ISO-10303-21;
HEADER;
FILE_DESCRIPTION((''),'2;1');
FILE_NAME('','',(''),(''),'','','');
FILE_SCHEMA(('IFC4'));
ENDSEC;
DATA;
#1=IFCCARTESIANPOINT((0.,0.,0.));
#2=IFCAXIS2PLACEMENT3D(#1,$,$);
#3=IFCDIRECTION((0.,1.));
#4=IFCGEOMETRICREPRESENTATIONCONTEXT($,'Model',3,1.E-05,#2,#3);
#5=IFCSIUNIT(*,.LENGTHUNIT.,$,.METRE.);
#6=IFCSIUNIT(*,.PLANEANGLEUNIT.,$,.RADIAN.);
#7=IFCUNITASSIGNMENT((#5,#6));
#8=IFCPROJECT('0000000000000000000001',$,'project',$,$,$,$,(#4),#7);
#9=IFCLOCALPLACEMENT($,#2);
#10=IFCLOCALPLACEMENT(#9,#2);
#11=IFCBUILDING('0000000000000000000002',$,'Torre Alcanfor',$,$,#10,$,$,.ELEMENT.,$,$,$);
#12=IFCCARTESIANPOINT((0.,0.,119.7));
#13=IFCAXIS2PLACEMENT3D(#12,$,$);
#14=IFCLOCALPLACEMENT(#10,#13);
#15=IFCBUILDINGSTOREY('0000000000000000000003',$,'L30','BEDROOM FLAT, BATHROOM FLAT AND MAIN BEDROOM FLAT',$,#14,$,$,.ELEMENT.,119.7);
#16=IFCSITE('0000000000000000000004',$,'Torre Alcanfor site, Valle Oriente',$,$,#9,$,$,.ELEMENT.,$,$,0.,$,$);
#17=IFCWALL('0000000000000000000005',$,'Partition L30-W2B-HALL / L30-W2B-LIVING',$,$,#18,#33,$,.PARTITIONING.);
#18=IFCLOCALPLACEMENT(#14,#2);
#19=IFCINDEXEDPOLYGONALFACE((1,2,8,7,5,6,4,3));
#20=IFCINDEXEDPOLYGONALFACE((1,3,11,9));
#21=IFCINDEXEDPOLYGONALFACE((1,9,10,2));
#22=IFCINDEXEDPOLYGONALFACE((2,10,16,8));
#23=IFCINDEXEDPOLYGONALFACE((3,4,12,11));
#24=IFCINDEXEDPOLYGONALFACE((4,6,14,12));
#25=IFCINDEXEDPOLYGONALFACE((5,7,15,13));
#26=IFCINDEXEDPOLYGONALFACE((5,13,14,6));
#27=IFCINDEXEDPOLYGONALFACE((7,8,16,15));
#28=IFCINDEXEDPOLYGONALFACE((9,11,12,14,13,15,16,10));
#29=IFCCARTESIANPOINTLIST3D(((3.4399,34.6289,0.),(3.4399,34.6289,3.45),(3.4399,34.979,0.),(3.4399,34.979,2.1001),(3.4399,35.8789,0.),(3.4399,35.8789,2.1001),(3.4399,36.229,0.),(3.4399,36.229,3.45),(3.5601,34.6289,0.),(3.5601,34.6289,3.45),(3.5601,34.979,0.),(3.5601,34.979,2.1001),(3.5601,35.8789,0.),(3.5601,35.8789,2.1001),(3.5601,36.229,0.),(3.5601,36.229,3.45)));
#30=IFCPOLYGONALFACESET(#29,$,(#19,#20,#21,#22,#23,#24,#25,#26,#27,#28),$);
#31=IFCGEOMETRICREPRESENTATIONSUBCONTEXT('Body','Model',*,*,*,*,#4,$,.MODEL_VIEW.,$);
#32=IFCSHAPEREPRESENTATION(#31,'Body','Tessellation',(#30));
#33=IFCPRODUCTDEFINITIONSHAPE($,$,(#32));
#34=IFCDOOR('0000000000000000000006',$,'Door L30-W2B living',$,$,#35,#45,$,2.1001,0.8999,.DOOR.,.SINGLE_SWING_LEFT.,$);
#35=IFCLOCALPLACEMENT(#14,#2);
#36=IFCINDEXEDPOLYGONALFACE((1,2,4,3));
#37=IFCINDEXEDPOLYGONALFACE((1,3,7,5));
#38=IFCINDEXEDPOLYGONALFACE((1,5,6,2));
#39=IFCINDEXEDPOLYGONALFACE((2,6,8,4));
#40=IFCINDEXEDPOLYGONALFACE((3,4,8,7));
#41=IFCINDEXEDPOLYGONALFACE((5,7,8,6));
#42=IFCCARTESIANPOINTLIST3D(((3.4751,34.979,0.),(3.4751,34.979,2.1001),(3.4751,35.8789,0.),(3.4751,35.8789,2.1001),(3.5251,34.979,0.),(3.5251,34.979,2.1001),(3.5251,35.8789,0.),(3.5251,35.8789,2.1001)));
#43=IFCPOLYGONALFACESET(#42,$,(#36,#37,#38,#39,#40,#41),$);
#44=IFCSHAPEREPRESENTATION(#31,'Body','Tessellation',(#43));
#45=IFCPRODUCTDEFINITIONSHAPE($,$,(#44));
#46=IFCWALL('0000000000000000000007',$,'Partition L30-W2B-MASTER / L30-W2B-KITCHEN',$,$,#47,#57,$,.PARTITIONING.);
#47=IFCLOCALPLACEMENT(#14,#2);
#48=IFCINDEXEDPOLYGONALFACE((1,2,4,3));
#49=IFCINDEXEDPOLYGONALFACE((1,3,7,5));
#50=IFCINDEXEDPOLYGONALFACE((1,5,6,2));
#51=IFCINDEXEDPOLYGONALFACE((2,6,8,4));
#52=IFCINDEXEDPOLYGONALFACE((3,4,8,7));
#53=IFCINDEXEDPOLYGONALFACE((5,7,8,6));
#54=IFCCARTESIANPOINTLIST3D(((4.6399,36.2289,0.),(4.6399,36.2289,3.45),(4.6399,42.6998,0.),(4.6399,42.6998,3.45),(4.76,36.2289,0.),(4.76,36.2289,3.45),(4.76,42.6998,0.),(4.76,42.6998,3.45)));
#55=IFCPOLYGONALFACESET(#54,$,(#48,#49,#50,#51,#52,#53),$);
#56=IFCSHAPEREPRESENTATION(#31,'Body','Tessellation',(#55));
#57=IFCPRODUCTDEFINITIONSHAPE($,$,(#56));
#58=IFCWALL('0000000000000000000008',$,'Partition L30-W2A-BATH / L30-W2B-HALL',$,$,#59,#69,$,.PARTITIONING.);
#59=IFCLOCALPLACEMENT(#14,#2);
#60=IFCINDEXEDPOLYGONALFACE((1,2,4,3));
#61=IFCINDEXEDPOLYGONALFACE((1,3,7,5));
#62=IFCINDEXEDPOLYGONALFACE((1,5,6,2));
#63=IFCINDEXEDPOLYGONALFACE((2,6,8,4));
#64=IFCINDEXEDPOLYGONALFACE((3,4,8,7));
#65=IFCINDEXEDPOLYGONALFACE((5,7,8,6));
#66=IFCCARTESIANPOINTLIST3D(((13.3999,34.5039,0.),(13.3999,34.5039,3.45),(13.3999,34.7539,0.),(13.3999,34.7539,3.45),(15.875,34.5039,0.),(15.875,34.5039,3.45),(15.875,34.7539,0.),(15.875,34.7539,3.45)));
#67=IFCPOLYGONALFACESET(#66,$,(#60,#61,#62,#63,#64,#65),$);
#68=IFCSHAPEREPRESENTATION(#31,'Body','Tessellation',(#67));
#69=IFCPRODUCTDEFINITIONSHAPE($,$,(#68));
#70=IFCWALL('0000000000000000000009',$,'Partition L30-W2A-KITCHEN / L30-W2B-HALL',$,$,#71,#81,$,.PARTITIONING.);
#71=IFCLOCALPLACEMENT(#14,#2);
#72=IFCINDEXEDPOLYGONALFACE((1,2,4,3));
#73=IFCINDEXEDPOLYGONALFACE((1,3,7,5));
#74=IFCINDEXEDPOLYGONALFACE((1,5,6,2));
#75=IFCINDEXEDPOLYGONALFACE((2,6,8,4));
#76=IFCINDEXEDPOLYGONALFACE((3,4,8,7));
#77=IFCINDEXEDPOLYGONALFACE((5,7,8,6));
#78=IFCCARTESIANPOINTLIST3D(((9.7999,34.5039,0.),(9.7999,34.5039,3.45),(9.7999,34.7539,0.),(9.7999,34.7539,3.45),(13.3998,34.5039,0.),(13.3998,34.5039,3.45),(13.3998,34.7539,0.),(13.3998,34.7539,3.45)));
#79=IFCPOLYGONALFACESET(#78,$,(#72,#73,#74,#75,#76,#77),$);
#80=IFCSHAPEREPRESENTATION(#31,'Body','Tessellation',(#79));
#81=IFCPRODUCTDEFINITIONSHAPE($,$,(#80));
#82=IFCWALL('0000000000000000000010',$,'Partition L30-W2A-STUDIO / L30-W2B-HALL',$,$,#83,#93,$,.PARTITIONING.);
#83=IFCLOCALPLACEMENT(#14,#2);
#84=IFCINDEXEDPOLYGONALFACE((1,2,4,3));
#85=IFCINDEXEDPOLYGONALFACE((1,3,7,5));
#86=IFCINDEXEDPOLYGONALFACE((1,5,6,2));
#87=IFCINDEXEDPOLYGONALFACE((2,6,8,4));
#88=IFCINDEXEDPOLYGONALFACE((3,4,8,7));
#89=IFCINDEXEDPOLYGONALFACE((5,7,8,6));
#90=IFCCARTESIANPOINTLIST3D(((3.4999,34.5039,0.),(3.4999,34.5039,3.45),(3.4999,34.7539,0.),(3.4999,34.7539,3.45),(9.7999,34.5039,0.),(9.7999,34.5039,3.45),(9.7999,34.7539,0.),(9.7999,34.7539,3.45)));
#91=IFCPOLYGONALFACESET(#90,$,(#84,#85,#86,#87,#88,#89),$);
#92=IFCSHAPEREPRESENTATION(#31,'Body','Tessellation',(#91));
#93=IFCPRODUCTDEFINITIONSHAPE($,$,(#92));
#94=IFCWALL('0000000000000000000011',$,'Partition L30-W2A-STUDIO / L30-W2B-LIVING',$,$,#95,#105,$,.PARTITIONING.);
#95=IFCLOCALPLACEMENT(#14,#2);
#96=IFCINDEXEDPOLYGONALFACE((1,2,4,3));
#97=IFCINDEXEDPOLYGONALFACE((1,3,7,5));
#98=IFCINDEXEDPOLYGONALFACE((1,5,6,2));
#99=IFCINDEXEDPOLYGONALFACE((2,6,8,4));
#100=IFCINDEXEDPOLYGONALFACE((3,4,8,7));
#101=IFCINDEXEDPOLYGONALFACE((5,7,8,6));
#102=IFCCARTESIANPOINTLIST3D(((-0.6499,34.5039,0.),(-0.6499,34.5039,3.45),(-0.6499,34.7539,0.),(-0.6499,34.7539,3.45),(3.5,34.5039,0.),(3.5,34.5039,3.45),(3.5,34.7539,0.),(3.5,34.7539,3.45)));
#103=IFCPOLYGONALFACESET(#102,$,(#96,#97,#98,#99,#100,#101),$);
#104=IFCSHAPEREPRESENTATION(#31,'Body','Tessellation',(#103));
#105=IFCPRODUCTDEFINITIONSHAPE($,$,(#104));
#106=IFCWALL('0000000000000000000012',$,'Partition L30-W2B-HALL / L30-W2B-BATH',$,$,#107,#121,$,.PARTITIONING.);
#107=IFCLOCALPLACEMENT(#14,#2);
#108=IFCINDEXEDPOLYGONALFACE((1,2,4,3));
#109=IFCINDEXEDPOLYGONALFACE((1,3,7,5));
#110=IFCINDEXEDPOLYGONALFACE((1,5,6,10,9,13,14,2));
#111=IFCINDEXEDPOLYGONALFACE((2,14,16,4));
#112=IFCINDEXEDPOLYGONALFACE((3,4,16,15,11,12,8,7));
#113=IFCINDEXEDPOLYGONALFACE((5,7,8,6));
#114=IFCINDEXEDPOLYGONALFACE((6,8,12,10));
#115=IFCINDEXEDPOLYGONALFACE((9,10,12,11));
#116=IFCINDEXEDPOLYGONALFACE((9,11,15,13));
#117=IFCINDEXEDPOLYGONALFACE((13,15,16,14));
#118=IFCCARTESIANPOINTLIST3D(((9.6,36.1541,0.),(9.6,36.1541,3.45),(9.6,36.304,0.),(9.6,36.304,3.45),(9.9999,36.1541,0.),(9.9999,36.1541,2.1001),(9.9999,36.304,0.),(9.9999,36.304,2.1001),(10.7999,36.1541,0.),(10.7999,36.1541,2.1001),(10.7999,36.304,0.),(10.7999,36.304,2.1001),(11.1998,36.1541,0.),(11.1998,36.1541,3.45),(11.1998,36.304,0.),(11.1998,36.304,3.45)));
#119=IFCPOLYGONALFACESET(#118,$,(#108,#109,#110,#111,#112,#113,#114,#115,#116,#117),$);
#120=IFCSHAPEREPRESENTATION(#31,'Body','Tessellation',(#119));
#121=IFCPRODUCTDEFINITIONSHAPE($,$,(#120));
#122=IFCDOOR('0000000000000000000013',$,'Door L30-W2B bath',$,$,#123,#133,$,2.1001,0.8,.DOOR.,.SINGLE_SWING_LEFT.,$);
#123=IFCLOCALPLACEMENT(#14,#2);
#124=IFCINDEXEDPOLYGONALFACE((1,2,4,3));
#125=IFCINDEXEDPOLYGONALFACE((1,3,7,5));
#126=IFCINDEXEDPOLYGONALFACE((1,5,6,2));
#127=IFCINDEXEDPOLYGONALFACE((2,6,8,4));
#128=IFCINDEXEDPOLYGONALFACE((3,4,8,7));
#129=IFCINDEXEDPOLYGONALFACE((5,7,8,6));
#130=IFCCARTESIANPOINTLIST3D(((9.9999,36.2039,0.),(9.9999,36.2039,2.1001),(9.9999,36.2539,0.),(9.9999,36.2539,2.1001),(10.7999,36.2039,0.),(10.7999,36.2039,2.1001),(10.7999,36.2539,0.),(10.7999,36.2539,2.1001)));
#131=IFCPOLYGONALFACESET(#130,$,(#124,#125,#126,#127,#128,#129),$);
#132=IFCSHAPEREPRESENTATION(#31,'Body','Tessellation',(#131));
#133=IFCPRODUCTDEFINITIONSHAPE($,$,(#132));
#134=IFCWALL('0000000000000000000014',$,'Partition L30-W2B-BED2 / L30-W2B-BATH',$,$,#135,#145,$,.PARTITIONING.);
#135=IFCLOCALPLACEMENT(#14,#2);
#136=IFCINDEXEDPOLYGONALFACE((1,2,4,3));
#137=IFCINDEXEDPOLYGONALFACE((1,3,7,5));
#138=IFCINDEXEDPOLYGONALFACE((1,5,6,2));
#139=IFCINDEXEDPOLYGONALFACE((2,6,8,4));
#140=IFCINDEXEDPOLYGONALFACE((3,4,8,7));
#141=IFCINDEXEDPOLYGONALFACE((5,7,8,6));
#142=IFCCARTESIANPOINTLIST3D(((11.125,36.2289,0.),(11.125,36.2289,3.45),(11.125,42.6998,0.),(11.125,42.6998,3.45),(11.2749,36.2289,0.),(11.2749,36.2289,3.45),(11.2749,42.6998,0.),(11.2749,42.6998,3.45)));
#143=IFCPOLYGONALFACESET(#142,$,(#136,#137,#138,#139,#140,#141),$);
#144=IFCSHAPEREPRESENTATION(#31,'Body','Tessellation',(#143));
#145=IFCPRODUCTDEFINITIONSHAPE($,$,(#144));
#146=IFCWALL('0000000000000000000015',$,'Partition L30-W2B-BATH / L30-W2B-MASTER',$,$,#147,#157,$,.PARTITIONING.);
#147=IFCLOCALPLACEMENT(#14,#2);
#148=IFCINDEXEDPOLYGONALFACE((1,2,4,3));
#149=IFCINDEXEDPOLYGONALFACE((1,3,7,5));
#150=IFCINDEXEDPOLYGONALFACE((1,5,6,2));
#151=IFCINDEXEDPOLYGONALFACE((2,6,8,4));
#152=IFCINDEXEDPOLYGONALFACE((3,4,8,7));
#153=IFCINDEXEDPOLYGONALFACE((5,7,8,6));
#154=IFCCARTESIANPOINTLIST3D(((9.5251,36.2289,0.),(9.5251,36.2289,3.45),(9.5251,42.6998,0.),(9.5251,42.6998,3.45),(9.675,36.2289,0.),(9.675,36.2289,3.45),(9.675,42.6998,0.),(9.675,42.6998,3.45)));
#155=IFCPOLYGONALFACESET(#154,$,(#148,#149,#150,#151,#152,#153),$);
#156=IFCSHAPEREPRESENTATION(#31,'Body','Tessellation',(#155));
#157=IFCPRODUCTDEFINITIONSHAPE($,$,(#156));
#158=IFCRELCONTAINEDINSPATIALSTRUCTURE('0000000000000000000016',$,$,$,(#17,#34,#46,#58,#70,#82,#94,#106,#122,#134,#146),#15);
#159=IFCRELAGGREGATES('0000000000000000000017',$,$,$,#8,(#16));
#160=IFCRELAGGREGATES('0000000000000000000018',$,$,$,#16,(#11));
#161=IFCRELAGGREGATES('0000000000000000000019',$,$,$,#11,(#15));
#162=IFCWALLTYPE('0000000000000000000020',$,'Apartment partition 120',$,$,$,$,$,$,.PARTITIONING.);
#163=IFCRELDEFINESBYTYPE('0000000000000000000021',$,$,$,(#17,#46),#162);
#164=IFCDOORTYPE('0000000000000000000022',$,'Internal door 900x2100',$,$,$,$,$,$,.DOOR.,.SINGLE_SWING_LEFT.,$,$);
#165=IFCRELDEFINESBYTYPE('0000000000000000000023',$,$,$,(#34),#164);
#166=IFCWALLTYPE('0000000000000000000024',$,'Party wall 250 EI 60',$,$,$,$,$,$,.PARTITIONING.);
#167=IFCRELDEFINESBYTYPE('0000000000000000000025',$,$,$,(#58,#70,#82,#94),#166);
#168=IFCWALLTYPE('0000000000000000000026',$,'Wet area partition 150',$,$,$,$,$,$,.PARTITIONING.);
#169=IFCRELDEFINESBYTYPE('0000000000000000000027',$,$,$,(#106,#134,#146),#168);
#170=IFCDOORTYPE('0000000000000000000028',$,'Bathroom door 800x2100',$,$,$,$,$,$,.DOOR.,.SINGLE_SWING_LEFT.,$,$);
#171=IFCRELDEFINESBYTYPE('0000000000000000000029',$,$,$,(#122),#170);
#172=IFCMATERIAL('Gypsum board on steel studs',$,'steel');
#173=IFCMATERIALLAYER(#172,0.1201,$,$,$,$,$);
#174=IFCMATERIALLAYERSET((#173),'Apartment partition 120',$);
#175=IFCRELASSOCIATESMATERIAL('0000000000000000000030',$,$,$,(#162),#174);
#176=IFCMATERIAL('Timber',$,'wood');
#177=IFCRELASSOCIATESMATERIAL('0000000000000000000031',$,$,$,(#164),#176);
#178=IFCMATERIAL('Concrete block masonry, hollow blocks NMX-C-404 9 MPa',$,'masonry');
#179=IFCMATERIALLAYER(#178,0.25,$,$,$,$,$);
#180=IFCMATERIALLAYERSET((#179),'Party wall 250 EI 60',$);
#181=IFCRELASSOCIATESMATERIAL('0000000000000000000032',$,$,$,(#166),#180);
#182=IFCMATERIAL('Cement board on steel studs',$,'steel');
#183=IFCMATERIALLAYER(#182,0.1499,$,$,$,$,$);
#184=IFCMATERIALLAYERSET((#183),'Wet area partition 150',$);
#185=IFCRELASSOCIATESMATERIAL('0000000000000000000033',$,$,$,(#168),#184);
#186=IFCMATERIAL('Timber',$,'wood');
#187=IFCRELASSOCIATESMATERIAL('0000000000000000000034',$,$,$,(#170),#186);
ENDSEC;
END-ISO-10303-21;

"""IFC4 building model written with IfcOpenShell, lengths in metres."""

from ifc_helpers import new_model, si_unit, direction, frame, frame_2d, origin, place, context, subcontext, project, spatial, rectangle, extrude, material, layer, layer_set, type_object, element, fill, save


model = new_model("IFC4")

# Units and contexts
model_context = context("Model", 3, precision=1e-05, world=origin(), true_north=direction((0.0, 1.0)))
body_context = subcontext(model_context, "Body", "Model", "MODEL_VIEW")
ifc_project = project(units=[si_unit("LENGTHUNIT", "METRE"), si_unit("PLANEANGLEUNIT", "RADIAN")], contexts=[model_context])

# Site, building, storey
site_placement = place(None, origin())
site = spatial("IfcSite", under=ifc_project, at=site_placement, Name="Torre Alcanfor site, Valle Oriente", CompositionType="ELEMENT", RefElevation=0.0)
building_placement = place(site_placement, origin())
building = spatial("IfcBuilding", under=site, at=building_placement, Name="Torre Alcanfor", CompositionType="ELEMENT")
storey_placement = place(building_placement, frame((0.0, 0.0, 119.7)))
storey = spatial("IfcBuildingStorey", under=building, at=storey_placement, Name="L30", Description="BEDROOM FLAT, BATHROOM FLAT AND MAIN BEDROOM FLAT", CompositionType="ELEMENT", Elevation=119.7)

# Shared definitions
ifc_material_1 = material(Name="Gypsum board on steel studs", Category="steel")
ifc_layer_1 = layer(ifc_material_1, 0.1201)
ifc_layer_set_1 = layer_set([ifc_layer_1], Name="Apartment partition 120")
wall_type_1 = type_object("IfcWallType", Name="Apartment partition 120", PredefinedType="PARTITIONING", material=ifc_layer_set_1)
ifc_material_2 = material(Name="Timber", Category="wood")
door_type_1 = type_object("IfcDoorType", Name="Internal door 900x2100", OperationType="SINGLE_SWING_LEFT", PredefinedType="DOOR", material=ifc_material_2)

# Wall, opening, door
wall_1_placement = place(storey_placement, frame((3.5, 34.6289, 0.0), z_axis=(0.0, 0.0, 1.0), x_axis=(0.0, 1.0, 0.0)))
wall_1 = element("IfcWall", 1, at=wall_1_placement, inside=storey, type_object=wall_type_1, Name="Partition L30-W2B-HALL / L30-W2B-LIVING", PredefinedType="PARTITIONING", context=body_context, shape_type="SweptSolid", body=[
    extrude(rectangle(XDim=1.6001, YDim=0.1201, at=frame_2d((0.8, 0.0))), origin(), (0.0, 0.0, 1.0), 3.45),
])
opening_1_placement = place(wall_1_placement, frame((0.3501, 0.0, 0.0)))
opening_1 = element("IfcOpeningElement", 2, at=opening_1_placement, cuts=wall_1, PredefinedType="OPENING", context=body_context, shape_type="SweptSolid", body=[
    extrude(rectangle(XDim=0.8999, YDim=2.1001, at=frame_2d((0.45, 1.05))), frame((0.0, 0.0701, 0.0), z_axis=(0.0, -1.0, 0.0), x_axis=(1.0, 0.0, 0.0)), (0.0, 0.0, 1.0), 0.1401),
])
door_1_placement = place(opening_1_placement, origin())
door_1 = element("IfcDoor", 3, at=door_1_placement, inside=storey, type_object=door_type_1, Name="Door L30-W2B living", OperationType="SINGLE_SWING_LEFT", OverallHeight=2.1001, OverallWidth=0.8999, PredefinedType="DOOR", context=body_context, shape_type="SweptSolid", body=[
    extrude(rectangle(XDim=0.8999, YDim=2.1001, at=frame_2d((0.45, 1.05))), frame((0.0, 0.0249, 0.0), z_axis=(0.0, -1.0, 0.0), x_axis=(1.0, 0.0, 0.0)), (0.0, 0.0, 1.0), 0.05),
])
fill(opening_1, door_1)

# Walls
wall_2_placement = place(storey_placement, frame((4.7, 36.229, 0.0), z_axis=(0.0, 0.0, 1.0), x_axis=(0.0, 1.0, 0.0)))
element("IfcWall", 4, at=wall_2_placement, inside=storey, type_object=wall_type_1, Name="Partition L30-W2B-MASTER / L30-W2B-KITCHEN", PredefinedType="PARTITIONING", context=body_context, shape_type="SweptSolid", body=[
    extrude(rectangle(XDim=6.4709, YDim=0.1201, at=frame_2d((3.2354, 0.0))), origin(), (0.0, 0.0, 1.0), 3.45),
])
ifc_material_3 = material(Name="Concrete block masonry, hollow blocks NMX-C-404 9 MPa", Category="masonry")
ifc_layer_2 = layer(ifc_material_3, 0.25)
ifc_layer_set_2 = layer_set([ifc_layer_2], Name="Party wall 250 EI 60")
wall_type_2 = type_object("IfcWallType", Name="Party wall 250 EI 60", PredefinedType="PARTITIONING", material=ifc_layer_set_2)
wall_3_placement = place(storey_placement, frame((13.3999, 34.6289, 0.0), z_axis=(0.0, 0.0, 1.0), x_axis=(1.0, 0.0, 0.0)))
element("IfcWall", 5, at=wall_3_placement, inside=storey, type_object=wall_type_2, Name="Partition L30-W2A-BATH / L30-W2B-HALL", PredefinedType="PARTITIONING", context=body_context, shape_type="SweptSolid", body=[
    extrude(rectangle(XDim=2.4751, YDim=0.25, at=frame_2d((1.2375, 0.0))), origin(), (0.0, 0.0, 1.0), 3.45),
])
wall_4_placement = place(storey_placement, frame((9.8, 34.6289, 0.0), z_axis=(0.0, 0.0, 1.0), x_axis=(1.0, 0.0, 0.0)))
element("IfcWall", 6, at=wall_4_placement, inside=storey, type_object=wall_type_2, Name="Partition L30-W2A-KITCHEN / L30-W2B-HALL", PredefinedType="PARTITIONING", context=body_context, shape_type="SweptSolid", body=[
    extrude(rectangle(XDim=3.5999, YDim=0.25, at=frame_2d((1.7998, 0.0))), origin(), (0.0, 0.0, 1.0), 3.45),
])
wall_5_placement = place(storey_placement, frame((3.5, 34.6289, 0.0), z_axis=(0.0, 0.0, 1.0), x_axis=(1.0, 0.0, 0.0)))
element("IfcWall", 7, at=wall_5_placement, inside=storey, type_object=wall_type_2, Name="Partition L30-W2A-STUDIO / L30-W2B-HALL", PredefinedType="PARTITIONING", context=body_context, shape_type="SweptSolid", body=[
    extrude(rectangle(XDim=6.3, YDim=0.25, at=frame_2d((3.1499, 0.0))), origin(), (0.0, 0.0, 1.0), 3.45),
])
wall_6_placement = place(storey_placement, frame((-0.6499, 34.6289, 0.0), z_axis=(0.0, 0.0, 1.0), x_axis=(1.0, 0.0, 0.0)))
element("IfcWall", 8, at=wall_6_placement, inside=storey, type_object=wall_type_2, Name="Partition L30-W2A-STUDIO / L30-W2B-LIVING", PredefinedType="PARTITIONING", context=body_context, shape_type="SweptSolid", body=[
    extrude(rectangle(XDim=4.1499, YDim=0.25, at=frame_2d((2.075, 0.0))), origin(), (0.0, 0.0, 1.0), 3.45),
])

# Wall, opening, door
ifc_material_4 = material(Name="Cement board on steel studs", Category="steel")
ifc_layer_3 = layer(ifc_material_4, 0.1499)
ifc_layer_set_3 = layer_set([ifc_layer_3], Name="Wet area partition 150")
wall_type_3 = type_object("IfcWallType", Name="Wet area partition 150", PredefinedType="PARTITIONING", material=ifc_layer_set_3)
wall_7_placement = place(storey_placement, frame((9.6001, 36.229, 0.0), z_axis=(0.0, 0.0, 1.0), x_axis=(1.0, 0.0, 0.0)))
wall_7 = element("IfcWall", 9, at=wall_7_placement, inside=storey, type_object=wall_type_3, Name="Partition L30-W2B-HALL / L30-W2B-BATH", PredefinedType="PARTITIONING", context=body_context, shape_type="SweptSolid", body=[
    extrude(rectangle(XDim=1.5999, YDim=0.1499, at=frame_2d((0.7998, 0.0))), origin(), (0.0, 0.0, 1.0), 3.45),
])
opening_2_placement = place(wall_7_placement, frame((0.3999, 0.0, 0.0)))
opening_2 = element("IfcOpeningElement", 10, at=opening_2_placement, cuts=wall_7, PredefinedType="OPENING", context=body_context, shape_type="SweptSolid", body=[
    extrude(rectangle(XDim=0.8, YDim=2.1001, at=frame_2d((0.3999, 1.05))), frame((0.0, 0.085, 0.0), z_axis=(0.0, -1.0, 0.0), x_axis=(1.0, 0.0, 0.0)), (0.0, 0.0, 1.0), 0.1699),
])
ifc_material_5 = material(Name="Timber", Category="wood")
door_type_2 = type_object("IfcDoorType", Name="Bathroom door 800x2100", OperationType="SINGLE_SWING_LEFT", PredefinedType="DOOR", material=ifc_material_5)
door_2_placement = place(opening_2_placement, origin())
door_2 = element("IfcDoor", 11, at=door_2_placement, inside=storey, type_object=door_type_2, Name="Door L30-W2B bath", OperationType="SINGLE_SWING_LEFT", OverallHeight=2.1001, OverallWidth=0.8, PredefinedType="DOOR", context=body_context, shape_type="SweptSolid", body=[
    extrude(rectangle(XDim=0.8, YDim=2.1001, at=frame_2d((0.3999, 1.05))), frame((0.0, 0.0249, 0.0), z_axis=(0.0, -1.0, 0.0), x_axis=(1.0, 0.0, 0.0)), (0.0, 0.0, 1.0), 0.05),
])
fill(opening_2, door_2)

# Walls
for number, where, z_axis, x_axis, name in (
    (12, (11.2, 36.229, 0.0), (0.0, 0.0, 1.0), (0.0, 1.0, 0.0), "Partition L30-W2B-BED2 / L30-W2B-BATH"),
    (13, (9.6001, 36.229, 0.0), (0.0, 0.0, 1.0), (0.0, 1.0, 0.0), "Partition L30-W2B-BATH / L30-W2B-MASTER"),
):
    element("IfcWall", number, at=place(storey_placement, frame(where, z_axis=z_axis, x_axis=x_axis)), inside=storey, type_object=wall_type_3, Name=name, PredefinedType="PARTITIONING", context=body_context, shape_type="SweptSolid", body=[
        extrude(rectangle(XDim=6.4709, YDim=0.1499, at=frame_2d((3.2354, 0.0))), origin(), (0.0, 0.0, 1.0), 3.45),
    ])

save(model, "model.ifc")
